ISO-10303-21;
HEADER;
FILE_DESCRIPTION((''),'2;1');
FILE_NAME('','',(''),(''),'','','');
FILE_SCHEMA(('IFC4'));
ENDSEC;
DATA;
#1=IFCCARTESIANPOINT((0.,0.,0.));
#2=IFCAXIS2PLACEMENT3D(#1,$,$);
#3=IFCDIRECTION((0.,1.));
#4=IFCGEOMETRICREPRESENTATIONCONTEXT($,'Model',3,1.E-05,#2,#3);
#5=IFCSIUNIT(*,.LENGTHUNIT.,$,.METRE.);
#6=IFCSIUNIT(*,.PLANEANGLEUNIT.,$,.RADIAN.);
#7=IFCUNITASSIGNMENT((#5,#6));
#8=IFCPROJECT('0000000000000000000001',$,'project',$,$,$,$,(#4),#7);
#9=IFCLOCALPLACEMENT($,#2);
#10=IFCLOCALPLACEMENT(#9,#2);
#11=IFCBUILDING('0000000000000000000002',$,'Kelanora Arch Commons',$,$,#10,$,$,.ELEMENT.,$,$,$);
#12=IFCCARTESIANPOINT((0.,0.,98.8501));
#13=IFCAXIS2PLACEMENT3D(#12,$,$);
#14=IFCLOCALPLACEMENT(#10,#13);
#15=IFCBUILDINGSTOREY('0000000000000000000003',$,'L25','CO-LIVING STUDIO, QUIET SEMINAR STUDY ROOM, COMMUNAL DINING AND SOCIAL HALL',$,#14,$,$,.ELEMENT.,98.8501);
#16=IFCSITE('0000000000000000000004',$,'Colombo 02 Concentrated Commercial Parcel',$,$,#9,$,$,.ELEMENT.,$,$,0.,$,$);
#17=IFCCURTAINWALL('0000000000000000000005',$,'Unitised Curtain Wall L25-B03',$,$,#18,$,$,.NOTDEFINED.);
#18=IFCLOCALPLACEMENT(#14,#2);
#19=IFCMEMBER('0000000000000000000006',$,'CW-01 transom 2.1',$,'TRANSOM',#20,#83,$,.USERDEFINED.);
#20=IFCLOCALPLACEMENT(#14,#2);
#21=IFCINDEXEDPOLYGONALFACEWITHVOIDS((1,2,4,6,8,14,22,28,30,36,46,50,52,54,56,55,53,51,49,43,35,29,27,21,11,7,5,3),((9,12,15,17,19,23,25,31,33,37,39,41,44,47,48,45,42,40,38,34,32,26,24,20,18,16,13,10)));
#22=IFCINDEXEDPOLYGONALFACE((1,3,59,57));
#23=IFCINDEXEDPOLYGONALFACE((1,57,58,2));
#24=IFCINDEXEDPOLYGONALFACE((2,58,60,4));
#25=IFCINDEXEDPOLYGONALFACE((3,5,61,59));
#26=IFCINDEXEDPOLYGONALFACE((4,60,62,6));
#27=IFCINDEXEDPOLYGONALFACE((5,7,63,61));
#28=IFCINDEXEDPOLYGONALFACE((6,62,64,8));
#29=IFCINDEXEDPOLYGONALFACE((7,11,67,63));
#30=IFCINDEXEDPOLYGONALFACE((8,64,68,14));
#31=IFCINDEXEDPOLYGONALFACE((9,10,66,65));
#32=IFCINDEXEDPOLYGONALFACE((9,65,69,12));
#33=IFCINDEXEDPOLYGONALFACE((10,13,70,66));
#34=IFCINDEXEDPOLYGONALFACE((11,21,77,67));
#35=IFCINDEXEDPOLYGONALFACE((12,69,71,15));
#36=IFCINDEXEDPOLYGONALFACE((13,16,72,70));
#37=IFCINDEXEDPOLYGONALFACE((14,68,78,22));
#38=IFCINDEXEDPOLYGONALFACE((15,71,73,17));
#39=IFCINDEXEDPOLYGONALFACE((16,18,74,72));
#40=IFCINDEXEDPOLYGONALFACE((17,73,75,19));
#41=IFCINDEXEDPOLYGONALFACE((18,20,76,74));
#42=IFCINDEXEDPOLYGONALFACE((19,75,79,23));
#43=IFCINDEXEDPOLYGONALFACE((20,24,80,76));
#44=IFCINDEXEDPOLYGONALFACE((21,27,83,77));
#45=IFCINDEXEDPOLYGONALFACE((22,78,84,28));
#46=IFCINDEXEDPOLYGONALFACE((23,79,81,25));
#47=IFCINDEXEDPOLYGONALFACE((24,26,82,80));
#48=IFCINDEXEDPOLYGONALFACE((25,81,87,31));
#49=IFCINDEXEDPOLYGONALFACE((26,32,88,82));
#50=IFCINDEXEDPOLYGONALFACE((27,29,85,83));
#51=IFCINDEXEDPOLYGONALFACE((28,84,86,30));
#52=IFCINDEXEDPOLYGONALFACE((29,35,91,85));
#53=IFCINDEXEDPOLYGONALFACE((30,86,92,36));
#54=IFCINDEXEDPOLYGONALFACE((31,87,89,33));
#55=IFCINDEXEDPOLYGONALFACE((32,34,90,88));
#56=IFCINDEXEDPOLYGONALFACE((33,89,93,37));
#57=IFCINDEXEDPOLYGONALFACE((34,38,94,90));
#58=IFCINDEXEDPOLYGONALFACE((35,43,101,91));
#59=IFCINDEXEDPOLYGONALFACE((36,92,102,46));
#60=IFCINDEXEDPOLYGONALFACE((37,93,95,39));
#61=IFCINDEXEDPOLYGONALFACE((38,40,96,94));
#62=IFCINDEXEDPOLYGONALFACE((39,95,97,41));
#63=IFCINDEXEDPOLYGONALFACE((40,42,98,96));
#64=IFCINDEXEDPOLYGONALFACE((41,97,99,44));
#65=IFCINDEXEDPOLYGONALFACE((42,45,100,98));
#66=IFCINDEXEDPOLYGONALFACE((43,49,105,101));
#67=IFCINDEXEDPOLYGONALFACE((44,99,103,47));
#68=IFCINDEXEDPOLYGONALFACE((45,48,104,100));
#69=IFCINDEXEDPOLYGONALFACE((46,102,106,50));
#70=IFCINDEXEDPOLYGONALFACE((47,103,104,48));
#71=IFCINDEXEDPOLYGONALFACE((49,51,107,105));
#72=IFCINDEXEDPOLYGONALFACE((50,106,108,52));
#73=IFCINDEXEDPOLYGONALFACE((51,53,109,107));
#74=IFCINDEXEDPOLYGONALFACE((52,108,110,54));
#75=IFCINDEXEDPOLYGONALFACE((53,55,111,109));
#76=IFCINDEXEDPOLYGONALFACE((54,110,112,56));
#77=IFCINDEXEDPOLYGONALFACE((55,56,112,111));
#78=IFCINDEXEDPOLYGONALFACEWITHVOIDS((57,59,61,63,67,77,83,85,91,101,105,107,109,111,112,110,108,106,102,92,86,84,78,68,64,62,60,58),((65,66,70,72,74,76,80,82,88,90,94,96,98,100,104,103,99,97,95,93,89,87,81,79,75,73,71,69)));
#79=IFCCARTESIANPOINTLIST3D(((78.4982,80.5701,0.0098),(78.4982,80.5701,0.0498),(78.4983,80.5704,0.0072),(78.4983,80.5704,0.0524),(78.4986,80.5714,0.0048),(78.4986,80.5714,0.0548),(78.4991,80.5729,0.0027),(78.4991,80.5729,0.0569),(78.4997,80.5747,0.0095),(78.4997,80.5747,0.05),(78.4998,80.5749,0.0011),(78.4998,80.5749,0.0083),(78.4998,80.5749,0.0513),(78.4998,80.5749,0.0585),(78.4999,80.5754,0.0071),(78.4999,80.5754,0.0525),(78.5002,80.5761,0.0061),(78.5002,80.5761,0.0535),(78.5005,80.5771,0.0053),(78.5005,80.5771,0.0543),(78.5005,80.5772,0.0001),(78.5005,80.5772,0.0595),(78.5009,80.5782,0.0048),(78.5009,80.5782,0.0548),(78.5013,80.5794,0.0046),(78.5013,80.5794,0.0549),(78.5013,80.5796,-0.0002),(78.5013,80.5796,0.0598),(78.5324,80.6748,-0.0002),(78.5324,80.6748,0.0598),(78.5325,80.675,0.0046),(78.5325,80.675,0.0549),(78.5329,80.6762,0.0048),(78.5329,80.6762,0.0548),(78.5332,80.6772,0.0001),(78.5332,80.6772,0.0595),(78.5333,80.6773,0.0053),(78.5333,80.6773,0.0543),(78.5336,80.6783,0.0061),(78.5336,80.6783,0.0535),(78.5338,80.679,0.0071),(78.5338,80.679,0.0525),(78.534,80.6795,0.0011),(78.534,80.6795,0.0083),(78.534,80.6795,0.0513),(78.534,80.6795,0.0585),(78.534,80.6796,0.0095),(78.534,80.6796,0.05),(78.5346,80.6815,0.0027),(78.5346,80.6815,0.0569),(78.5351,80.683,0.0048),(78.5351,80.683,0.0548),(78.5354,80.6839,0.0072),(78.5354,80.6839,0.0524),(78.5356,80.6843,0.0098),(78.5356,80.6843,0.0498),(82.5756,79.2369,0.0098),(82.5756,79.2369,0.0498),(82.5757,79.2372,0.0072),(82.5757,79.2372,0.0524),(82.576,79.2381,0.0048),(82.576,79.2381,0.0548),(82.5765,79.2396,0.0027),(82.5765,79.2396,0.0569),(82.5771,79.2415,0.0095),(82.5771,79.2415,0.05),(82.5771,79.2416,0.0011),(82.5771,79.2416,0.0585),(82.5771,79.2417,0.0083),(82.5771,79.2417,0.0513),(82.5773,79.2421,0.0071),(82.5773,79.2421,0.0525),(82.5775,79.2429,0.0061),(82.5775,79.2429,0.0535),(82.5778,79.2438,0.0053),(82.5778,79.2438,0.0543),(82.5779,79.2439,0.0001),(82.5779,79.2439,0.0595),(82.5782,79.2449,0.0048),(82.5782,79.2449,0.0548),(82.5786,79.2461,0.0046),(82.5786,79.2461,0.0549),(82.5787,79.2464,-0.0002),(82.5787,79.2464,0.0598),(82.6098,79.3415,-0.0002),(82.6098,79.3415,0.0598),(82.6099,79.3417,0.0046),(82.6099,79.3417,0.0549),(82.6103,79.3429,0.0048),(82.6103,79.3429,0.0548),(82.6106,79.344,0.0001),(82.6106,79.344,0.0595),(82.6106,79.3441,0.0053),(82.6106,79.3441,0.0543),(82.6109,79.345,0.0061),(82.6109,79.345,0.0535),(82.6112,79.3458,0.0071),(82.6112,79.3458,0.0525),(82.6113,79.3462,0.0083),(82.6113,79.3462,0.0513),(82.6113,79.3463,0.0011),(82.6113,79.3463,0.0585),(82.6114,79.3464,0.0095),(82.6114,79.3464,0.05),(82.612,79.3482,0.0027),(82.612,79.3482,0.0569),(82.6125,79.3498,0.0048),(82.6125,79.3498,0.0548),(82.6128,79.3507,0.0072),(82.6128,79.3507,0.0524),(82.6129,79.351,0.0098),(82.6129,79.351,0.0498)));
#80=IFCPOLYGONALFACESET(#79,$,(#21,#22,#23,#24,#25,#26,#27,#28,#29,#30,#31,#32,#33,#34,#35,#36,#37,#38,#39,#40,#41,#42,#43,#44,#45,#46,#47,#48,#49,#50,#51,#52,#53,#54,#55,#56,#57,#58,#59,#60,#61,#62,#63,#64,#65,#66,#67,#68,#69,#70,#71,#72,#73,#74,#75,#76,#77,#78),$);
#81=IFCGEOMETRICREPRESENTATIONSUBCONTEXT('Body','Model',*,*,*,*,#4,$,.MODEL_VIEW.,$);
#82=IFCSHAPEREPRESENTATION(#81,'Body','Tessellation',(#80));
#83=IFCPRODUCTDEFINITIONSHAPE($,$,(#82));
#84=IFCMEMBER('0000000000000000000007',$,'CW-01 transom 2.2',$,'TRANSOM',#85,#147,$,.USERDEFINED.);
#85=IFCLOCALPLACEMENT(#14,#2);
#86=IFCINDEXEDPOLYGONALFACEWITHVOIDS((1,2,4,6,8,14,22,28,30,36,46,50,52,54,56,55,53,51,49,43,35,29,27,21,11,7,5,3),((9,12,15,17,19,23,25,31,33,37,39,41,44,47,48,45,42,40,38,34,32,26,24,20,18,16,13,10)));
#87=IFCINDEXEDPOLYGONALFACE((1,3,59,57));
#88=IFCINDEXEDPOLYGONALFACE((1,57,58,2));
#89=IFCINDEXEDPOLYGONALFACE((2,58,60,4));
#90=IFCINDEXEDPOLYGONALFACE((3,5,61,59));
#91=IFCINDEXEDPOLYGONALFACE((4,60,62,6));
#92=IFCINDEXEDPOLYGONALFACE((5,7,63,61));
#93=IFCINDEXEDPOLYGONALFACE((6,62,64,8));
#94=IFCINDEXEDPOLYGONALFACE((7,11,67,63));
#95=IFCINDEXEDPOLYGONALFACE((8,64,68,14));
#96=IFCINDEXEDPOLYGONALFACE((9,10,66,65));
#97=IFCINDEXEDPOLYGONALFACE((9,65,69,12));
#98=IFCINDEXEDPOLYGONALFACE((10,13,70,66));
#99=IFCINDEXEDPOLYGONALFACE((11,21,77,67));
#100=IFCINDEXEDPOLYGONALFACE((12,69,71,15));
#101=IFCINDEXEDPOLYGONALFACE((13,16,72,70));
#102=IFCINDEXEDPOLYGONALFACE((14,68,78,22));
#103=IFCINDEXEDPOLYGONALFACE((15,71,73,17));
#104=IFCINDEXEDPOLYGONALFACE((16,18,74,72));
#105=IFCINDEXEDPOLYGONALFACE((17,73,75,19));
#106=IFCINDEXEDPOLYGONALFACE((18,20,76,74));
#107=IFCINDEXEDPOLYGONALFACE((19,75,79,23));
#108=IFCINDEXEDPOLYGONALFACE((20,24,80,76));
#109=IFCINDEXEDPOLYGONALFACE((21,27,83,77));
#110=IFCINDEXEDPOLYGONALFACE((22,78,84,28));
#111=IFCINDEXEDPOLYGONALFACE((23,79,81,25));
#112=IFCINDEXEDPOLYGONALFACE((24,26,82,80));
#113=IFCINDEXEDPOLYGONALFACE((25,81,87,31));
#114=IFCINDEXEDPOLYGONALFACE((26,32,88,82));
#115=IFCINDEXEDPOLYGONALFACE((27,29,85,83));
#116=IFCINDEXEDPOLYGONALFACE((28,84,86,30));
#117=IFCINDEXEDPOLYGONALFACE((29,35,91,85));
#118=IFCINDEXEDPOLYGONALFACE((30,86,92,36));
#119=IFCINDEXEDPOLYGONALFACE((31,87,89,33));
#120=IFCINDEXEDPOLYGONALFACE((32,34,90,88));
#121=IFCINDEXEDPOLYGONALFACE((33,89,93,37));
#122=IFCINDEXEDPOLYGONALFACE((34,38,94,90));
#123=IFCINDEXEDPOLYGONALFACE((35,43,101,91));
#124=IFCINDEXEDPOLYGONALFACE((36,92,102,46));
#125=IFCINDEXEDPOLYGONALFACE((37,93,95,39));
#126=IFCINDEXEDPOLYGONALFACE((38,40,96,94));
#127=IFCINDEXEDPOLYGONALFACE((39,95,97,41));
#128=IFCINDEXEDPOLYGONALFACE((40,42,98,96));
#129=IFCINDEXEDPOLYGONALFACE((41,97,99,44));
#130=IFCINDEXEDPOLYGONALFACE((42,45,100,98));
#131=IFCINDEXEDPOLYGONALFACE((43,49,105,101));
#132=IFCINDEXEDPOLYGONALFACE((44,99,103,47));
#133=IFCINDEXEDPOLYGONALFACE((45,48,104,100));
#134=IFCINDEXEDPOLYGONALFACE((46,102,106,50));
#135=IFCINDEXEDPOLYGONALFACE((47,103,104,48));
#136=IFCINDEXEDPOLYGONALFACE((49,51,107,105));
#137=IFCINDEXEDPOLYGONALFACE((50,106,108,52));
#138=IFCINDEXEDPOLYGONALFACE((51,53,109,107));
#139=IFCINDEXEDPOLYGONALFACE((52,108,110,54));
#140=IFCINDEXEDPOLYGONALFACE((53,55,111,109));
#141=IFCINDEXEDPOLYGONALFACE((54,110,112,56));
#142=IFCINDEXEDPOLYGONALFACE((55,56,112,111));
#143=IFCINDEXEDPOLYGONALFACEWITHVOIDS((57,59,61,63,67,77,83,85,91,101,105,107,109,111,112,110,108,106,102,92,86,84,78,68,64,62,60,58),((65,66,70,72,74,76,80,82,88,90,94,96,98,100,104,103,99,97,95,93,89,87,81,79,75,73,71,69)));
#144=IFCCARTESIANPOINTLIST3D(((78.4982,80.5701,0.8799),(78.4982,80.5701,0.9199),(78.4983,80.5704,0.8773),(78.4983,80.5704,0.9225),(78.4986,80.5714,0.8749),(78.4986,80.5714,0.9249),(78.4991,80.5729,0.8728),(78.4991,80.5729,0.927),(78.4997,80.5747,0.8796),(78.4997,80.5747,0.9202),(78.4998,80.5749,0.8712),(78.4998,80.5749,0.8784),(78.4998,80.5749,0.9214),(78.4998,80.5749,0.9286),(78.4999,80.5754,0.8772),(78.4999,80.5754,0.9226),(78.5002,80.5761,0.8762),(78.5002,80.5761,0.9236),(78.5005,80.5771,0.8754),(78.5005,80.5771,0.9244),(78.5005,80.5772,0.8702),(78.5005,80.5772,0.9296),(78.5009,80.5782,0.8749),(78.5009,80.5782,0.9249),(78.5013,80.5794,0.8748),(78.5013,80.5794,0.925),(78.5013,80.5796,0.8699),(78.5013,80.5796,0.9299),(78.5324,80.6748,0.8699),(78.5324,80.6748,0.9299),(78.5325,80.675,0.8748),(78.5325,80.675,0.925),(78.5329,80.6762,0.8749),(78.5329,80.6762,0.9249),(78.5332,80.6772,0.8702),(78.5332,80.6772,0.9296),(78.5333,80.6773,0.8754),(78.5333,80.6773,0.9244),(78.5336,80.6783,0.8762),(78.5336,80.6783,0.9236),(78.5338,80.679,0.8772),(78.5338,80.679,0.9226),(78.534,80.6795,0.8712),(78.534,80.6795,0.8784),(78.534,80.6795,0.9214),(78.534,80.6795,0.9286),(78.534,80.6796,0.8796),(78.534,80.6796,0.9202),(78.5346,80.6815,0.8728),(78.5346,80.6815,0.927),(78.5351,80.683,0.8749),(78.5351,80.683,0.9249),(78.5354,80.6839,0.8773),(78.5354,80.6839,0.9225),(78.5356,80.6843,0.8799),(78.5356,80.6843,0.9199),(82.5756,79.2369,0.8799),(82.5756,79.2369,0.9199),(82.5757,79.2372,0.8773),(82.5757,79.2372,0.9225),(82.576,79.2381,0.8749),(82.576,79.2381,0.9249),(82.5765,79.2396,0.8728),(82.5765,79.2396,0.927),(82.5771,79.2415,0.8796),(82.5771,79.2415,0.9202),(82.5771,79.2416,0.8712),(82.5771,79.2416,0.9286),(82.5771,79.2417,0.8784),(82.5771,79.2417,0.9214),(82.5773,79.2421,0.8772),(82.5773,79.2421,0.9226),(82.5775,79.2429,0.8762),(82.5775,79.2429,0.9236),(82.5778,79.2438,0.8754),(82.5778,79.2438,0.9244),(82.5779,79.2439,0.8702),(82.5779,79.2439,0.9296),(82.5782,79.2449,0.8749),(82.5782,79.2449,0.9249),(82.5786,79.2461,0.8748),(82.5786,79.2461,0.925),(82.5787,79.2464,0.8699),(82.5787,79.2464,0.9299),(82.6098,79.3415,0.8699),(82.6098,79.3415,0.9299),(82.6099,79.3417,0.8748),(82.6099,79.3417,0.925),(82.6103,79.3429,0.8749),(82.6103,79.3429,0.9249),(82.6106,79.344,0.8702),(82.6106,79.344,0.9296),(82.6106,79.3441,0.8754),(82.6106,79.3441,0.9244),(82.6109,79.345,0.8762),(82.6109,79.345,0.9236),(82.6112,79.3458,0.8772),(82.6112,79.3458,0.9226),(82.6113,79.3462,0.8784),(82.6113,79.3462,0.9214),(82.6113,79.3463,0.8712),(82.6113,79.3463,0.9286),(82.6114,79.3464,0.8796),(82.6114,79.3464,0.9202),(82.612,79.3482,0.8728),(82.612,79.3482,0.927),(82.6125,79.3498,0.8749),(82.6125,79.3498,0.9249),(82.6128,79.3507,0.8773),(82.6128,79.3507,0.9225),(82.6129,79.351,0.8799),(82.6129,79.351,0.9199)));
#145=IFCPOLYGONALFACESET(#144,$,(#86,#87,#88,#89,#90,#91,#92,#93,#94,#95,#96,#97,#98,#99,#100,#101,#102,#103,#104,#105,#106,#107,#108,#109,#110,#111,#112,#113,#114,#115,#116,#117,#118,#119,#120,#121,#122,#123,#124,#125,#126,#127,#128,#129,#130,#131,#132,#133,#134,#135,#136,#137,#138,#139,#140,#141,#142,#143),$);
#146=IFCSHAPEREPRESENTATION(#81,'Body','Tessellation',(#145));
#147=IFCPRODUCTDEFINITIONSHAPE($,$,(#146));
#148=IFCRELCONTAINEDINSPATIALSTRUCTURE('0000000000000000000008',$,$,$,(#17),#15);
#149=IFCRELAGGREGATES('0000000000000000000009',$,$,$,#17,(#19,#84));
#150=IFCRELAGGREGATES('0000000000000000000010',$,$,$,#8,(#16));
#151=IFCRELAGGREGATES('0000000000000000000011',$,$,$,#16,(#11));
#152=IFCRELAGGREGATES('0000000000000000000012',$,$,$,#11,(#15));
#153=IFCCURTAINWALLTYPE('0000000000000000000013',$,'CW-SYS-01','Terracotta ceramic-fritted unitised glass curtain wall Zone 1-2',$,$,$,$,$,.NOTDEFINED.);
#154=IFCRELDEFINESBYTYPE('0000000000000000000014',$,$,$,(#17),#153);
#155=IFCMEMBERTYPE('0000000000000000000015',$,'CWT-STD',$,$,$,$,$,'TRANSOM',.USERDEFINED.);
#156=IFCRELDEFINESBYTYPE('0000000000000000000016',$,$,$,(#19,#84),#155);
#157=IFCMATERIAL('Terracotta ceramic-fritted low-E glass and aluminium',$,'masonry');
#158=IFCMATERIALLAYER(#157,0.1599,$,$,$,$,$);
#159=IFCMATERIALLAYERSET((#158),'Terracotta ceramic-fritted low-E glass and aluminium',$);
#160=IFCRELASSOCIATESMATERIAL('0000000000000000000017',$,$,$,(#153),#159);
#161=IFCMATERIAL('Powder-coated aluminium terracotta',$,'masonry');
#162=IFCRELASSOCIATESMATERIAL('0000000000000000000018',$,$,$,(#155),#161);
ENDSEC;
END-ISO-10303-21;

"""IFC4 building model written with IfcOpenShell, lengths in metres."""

from ifc_helpers import new_model, si_unit, direction, frame, origin, origin_2d, place, context, subcontext, project, spatial, hollow_rectangle, extrude, material, layer, layer_set, material_profile, profile_set, type_object, element, aggregate, save


model = new_model("IFC4")

# Units and contexts
model_context = context("Model", 3, precision=1e-05, world=origin(), true_north=direction((0.0, 1.0)))
body_context = subcontext(model_context, "Body", "Model", "MODEL_VIEW")
ifc_project = project(units=[si_unit("LENGTHUNIT", "METRE"), si_unit("PLANEANGLEUNIT", "RADIAN")], contexts=[model_context])

# Site, building, storey
site_placement = place(None, origin())
site = spatial("IfcSite", under=ifc_project, at=site_placement, Name="Colombo 02 Concentrated Commercial Parcel", CompositionType="ELEMENT", RefElevation=0.0)
building_placement = place(site_placement, origin())
building = spatial("IfcBuilding", under=site, at=building_placement, Name="Kelanora Arch Commons", CompositionType="ELEMENT")
storey_placement = place(building_placement, frame((0.0, 0.0, 98.8501)))
storey = spatial("IfcBuildingStorey", under=building, at=storey_placement, Name="L25", Description="CO-LIVING STUDIO, QUIET SEMINAR STUDY ROOM, COMMUNAL DINING AND SOCIAL HALL", CompositionType="ELEMENT", Elevation=98.8501)

# Curtain wall, members
ifc_material_1 = material(Name="Terracotta ceramic-fritted low-E glass and aluminium", Category="masonry")
ifc_layer_1 = layer(ifc_material_1, 0.1599)
ifc_layer_set_1 = layer_set([ifc_layer_1], Name="Terracotta ceramic-fritted low-E glass and aluminium")
curtain_wall_type = type_object("IfcCurtainWallType", Name="CW-SYS-01", Description="Terracotta ceramic-fritted unitised glass curtain wall Zone 1-2", PredefinedType="NOTDEFINED", material=ifc_layer_set_1)
curtain_wall_placement = place(storey_placement, origin())
curtain_wall = element("IfcCurtainWall", 1, at=curtain_wall_placement, inside=storey, type_object=curtain_wall_type, Name="Unitised Curtain Wall L25-B03", PredefinedType="NOTDEFINED")
ifc_material_2 = material(Name="Powder-coated aluminium terracotta", Category="masonry")
ifc_material_profile_1 = material_profile(ifc_material_2, hollow_rectangle(XDim=0.1201, YDim=0.0601, WallThickness=0.0049, InnerFilletRadius=0.0049, OuterFilletRadius=0.01, at=origin_2d()), Name="CWT120x60")
ifc_profile_set_1 = profile_set([ifc_material_profile_1], Name="Powder-coated aluminium terracotta")
member_type_1 = type_object("IfcMemberType", Name="CWT-STD", ElementType="TRANSOM", PredefinedType="USERDEFINED", material=ifc_profile_set_1)
member_1_placement = place(storey_placement, frame((82.5942, 79.2939, 0.0298), z_axis=(-0.950478, 0.310793, 0.0), x_axis=(-0.310793, -0.950478, 0.0)))
member_1 = element("IfcMember", 2, at=member_1_placement, type_object=member_type_1, Name="CW-01 transom 2.1", ObjectType="TRANSOM", PredefinedType="USERDEFINED", context=body_context, shape_type="SweptSolid", body=[
    extrude(hollow_rectangle(XDim=0.1201, YDim=0.0601, WallThickness=0.0049, InnerFilletRadius=0.0049, OuterFilletRadius=0.01, at=origin_2d()), origin(), (0.0, 0.0, 1.0), 4.2898),
])
member_2_placement = place(storey_placement, frame((82.5942, 79.2939, 0.8999), z_axis=(-0.950478, 0.310793, 0.0), x_axis=(-0.310793, -0.950478, 0.0)))
member_2 = element("IfcMember", 3, at=member_2_placement, type_object=member_type_1, Name="CW-01 transom 2.2", ObjectType="TRANSOM", PredefinedType="USERDEFINED", context=body_context, shape_type="SweptSolid", body=[
    extrude(hollow_rectangle(XDim=0.1201, YDim=0.0601, WallThickness=0.0049, InnerFilletRadius=0.0049, OuterFilletRadius=0.01, at=origin_2d()), origin(), (0.0, 0.0, 1.0), 4.2898),
])
aggregate(curtain_wall, [member_1, member_2])

save(model, "model.ifc")
